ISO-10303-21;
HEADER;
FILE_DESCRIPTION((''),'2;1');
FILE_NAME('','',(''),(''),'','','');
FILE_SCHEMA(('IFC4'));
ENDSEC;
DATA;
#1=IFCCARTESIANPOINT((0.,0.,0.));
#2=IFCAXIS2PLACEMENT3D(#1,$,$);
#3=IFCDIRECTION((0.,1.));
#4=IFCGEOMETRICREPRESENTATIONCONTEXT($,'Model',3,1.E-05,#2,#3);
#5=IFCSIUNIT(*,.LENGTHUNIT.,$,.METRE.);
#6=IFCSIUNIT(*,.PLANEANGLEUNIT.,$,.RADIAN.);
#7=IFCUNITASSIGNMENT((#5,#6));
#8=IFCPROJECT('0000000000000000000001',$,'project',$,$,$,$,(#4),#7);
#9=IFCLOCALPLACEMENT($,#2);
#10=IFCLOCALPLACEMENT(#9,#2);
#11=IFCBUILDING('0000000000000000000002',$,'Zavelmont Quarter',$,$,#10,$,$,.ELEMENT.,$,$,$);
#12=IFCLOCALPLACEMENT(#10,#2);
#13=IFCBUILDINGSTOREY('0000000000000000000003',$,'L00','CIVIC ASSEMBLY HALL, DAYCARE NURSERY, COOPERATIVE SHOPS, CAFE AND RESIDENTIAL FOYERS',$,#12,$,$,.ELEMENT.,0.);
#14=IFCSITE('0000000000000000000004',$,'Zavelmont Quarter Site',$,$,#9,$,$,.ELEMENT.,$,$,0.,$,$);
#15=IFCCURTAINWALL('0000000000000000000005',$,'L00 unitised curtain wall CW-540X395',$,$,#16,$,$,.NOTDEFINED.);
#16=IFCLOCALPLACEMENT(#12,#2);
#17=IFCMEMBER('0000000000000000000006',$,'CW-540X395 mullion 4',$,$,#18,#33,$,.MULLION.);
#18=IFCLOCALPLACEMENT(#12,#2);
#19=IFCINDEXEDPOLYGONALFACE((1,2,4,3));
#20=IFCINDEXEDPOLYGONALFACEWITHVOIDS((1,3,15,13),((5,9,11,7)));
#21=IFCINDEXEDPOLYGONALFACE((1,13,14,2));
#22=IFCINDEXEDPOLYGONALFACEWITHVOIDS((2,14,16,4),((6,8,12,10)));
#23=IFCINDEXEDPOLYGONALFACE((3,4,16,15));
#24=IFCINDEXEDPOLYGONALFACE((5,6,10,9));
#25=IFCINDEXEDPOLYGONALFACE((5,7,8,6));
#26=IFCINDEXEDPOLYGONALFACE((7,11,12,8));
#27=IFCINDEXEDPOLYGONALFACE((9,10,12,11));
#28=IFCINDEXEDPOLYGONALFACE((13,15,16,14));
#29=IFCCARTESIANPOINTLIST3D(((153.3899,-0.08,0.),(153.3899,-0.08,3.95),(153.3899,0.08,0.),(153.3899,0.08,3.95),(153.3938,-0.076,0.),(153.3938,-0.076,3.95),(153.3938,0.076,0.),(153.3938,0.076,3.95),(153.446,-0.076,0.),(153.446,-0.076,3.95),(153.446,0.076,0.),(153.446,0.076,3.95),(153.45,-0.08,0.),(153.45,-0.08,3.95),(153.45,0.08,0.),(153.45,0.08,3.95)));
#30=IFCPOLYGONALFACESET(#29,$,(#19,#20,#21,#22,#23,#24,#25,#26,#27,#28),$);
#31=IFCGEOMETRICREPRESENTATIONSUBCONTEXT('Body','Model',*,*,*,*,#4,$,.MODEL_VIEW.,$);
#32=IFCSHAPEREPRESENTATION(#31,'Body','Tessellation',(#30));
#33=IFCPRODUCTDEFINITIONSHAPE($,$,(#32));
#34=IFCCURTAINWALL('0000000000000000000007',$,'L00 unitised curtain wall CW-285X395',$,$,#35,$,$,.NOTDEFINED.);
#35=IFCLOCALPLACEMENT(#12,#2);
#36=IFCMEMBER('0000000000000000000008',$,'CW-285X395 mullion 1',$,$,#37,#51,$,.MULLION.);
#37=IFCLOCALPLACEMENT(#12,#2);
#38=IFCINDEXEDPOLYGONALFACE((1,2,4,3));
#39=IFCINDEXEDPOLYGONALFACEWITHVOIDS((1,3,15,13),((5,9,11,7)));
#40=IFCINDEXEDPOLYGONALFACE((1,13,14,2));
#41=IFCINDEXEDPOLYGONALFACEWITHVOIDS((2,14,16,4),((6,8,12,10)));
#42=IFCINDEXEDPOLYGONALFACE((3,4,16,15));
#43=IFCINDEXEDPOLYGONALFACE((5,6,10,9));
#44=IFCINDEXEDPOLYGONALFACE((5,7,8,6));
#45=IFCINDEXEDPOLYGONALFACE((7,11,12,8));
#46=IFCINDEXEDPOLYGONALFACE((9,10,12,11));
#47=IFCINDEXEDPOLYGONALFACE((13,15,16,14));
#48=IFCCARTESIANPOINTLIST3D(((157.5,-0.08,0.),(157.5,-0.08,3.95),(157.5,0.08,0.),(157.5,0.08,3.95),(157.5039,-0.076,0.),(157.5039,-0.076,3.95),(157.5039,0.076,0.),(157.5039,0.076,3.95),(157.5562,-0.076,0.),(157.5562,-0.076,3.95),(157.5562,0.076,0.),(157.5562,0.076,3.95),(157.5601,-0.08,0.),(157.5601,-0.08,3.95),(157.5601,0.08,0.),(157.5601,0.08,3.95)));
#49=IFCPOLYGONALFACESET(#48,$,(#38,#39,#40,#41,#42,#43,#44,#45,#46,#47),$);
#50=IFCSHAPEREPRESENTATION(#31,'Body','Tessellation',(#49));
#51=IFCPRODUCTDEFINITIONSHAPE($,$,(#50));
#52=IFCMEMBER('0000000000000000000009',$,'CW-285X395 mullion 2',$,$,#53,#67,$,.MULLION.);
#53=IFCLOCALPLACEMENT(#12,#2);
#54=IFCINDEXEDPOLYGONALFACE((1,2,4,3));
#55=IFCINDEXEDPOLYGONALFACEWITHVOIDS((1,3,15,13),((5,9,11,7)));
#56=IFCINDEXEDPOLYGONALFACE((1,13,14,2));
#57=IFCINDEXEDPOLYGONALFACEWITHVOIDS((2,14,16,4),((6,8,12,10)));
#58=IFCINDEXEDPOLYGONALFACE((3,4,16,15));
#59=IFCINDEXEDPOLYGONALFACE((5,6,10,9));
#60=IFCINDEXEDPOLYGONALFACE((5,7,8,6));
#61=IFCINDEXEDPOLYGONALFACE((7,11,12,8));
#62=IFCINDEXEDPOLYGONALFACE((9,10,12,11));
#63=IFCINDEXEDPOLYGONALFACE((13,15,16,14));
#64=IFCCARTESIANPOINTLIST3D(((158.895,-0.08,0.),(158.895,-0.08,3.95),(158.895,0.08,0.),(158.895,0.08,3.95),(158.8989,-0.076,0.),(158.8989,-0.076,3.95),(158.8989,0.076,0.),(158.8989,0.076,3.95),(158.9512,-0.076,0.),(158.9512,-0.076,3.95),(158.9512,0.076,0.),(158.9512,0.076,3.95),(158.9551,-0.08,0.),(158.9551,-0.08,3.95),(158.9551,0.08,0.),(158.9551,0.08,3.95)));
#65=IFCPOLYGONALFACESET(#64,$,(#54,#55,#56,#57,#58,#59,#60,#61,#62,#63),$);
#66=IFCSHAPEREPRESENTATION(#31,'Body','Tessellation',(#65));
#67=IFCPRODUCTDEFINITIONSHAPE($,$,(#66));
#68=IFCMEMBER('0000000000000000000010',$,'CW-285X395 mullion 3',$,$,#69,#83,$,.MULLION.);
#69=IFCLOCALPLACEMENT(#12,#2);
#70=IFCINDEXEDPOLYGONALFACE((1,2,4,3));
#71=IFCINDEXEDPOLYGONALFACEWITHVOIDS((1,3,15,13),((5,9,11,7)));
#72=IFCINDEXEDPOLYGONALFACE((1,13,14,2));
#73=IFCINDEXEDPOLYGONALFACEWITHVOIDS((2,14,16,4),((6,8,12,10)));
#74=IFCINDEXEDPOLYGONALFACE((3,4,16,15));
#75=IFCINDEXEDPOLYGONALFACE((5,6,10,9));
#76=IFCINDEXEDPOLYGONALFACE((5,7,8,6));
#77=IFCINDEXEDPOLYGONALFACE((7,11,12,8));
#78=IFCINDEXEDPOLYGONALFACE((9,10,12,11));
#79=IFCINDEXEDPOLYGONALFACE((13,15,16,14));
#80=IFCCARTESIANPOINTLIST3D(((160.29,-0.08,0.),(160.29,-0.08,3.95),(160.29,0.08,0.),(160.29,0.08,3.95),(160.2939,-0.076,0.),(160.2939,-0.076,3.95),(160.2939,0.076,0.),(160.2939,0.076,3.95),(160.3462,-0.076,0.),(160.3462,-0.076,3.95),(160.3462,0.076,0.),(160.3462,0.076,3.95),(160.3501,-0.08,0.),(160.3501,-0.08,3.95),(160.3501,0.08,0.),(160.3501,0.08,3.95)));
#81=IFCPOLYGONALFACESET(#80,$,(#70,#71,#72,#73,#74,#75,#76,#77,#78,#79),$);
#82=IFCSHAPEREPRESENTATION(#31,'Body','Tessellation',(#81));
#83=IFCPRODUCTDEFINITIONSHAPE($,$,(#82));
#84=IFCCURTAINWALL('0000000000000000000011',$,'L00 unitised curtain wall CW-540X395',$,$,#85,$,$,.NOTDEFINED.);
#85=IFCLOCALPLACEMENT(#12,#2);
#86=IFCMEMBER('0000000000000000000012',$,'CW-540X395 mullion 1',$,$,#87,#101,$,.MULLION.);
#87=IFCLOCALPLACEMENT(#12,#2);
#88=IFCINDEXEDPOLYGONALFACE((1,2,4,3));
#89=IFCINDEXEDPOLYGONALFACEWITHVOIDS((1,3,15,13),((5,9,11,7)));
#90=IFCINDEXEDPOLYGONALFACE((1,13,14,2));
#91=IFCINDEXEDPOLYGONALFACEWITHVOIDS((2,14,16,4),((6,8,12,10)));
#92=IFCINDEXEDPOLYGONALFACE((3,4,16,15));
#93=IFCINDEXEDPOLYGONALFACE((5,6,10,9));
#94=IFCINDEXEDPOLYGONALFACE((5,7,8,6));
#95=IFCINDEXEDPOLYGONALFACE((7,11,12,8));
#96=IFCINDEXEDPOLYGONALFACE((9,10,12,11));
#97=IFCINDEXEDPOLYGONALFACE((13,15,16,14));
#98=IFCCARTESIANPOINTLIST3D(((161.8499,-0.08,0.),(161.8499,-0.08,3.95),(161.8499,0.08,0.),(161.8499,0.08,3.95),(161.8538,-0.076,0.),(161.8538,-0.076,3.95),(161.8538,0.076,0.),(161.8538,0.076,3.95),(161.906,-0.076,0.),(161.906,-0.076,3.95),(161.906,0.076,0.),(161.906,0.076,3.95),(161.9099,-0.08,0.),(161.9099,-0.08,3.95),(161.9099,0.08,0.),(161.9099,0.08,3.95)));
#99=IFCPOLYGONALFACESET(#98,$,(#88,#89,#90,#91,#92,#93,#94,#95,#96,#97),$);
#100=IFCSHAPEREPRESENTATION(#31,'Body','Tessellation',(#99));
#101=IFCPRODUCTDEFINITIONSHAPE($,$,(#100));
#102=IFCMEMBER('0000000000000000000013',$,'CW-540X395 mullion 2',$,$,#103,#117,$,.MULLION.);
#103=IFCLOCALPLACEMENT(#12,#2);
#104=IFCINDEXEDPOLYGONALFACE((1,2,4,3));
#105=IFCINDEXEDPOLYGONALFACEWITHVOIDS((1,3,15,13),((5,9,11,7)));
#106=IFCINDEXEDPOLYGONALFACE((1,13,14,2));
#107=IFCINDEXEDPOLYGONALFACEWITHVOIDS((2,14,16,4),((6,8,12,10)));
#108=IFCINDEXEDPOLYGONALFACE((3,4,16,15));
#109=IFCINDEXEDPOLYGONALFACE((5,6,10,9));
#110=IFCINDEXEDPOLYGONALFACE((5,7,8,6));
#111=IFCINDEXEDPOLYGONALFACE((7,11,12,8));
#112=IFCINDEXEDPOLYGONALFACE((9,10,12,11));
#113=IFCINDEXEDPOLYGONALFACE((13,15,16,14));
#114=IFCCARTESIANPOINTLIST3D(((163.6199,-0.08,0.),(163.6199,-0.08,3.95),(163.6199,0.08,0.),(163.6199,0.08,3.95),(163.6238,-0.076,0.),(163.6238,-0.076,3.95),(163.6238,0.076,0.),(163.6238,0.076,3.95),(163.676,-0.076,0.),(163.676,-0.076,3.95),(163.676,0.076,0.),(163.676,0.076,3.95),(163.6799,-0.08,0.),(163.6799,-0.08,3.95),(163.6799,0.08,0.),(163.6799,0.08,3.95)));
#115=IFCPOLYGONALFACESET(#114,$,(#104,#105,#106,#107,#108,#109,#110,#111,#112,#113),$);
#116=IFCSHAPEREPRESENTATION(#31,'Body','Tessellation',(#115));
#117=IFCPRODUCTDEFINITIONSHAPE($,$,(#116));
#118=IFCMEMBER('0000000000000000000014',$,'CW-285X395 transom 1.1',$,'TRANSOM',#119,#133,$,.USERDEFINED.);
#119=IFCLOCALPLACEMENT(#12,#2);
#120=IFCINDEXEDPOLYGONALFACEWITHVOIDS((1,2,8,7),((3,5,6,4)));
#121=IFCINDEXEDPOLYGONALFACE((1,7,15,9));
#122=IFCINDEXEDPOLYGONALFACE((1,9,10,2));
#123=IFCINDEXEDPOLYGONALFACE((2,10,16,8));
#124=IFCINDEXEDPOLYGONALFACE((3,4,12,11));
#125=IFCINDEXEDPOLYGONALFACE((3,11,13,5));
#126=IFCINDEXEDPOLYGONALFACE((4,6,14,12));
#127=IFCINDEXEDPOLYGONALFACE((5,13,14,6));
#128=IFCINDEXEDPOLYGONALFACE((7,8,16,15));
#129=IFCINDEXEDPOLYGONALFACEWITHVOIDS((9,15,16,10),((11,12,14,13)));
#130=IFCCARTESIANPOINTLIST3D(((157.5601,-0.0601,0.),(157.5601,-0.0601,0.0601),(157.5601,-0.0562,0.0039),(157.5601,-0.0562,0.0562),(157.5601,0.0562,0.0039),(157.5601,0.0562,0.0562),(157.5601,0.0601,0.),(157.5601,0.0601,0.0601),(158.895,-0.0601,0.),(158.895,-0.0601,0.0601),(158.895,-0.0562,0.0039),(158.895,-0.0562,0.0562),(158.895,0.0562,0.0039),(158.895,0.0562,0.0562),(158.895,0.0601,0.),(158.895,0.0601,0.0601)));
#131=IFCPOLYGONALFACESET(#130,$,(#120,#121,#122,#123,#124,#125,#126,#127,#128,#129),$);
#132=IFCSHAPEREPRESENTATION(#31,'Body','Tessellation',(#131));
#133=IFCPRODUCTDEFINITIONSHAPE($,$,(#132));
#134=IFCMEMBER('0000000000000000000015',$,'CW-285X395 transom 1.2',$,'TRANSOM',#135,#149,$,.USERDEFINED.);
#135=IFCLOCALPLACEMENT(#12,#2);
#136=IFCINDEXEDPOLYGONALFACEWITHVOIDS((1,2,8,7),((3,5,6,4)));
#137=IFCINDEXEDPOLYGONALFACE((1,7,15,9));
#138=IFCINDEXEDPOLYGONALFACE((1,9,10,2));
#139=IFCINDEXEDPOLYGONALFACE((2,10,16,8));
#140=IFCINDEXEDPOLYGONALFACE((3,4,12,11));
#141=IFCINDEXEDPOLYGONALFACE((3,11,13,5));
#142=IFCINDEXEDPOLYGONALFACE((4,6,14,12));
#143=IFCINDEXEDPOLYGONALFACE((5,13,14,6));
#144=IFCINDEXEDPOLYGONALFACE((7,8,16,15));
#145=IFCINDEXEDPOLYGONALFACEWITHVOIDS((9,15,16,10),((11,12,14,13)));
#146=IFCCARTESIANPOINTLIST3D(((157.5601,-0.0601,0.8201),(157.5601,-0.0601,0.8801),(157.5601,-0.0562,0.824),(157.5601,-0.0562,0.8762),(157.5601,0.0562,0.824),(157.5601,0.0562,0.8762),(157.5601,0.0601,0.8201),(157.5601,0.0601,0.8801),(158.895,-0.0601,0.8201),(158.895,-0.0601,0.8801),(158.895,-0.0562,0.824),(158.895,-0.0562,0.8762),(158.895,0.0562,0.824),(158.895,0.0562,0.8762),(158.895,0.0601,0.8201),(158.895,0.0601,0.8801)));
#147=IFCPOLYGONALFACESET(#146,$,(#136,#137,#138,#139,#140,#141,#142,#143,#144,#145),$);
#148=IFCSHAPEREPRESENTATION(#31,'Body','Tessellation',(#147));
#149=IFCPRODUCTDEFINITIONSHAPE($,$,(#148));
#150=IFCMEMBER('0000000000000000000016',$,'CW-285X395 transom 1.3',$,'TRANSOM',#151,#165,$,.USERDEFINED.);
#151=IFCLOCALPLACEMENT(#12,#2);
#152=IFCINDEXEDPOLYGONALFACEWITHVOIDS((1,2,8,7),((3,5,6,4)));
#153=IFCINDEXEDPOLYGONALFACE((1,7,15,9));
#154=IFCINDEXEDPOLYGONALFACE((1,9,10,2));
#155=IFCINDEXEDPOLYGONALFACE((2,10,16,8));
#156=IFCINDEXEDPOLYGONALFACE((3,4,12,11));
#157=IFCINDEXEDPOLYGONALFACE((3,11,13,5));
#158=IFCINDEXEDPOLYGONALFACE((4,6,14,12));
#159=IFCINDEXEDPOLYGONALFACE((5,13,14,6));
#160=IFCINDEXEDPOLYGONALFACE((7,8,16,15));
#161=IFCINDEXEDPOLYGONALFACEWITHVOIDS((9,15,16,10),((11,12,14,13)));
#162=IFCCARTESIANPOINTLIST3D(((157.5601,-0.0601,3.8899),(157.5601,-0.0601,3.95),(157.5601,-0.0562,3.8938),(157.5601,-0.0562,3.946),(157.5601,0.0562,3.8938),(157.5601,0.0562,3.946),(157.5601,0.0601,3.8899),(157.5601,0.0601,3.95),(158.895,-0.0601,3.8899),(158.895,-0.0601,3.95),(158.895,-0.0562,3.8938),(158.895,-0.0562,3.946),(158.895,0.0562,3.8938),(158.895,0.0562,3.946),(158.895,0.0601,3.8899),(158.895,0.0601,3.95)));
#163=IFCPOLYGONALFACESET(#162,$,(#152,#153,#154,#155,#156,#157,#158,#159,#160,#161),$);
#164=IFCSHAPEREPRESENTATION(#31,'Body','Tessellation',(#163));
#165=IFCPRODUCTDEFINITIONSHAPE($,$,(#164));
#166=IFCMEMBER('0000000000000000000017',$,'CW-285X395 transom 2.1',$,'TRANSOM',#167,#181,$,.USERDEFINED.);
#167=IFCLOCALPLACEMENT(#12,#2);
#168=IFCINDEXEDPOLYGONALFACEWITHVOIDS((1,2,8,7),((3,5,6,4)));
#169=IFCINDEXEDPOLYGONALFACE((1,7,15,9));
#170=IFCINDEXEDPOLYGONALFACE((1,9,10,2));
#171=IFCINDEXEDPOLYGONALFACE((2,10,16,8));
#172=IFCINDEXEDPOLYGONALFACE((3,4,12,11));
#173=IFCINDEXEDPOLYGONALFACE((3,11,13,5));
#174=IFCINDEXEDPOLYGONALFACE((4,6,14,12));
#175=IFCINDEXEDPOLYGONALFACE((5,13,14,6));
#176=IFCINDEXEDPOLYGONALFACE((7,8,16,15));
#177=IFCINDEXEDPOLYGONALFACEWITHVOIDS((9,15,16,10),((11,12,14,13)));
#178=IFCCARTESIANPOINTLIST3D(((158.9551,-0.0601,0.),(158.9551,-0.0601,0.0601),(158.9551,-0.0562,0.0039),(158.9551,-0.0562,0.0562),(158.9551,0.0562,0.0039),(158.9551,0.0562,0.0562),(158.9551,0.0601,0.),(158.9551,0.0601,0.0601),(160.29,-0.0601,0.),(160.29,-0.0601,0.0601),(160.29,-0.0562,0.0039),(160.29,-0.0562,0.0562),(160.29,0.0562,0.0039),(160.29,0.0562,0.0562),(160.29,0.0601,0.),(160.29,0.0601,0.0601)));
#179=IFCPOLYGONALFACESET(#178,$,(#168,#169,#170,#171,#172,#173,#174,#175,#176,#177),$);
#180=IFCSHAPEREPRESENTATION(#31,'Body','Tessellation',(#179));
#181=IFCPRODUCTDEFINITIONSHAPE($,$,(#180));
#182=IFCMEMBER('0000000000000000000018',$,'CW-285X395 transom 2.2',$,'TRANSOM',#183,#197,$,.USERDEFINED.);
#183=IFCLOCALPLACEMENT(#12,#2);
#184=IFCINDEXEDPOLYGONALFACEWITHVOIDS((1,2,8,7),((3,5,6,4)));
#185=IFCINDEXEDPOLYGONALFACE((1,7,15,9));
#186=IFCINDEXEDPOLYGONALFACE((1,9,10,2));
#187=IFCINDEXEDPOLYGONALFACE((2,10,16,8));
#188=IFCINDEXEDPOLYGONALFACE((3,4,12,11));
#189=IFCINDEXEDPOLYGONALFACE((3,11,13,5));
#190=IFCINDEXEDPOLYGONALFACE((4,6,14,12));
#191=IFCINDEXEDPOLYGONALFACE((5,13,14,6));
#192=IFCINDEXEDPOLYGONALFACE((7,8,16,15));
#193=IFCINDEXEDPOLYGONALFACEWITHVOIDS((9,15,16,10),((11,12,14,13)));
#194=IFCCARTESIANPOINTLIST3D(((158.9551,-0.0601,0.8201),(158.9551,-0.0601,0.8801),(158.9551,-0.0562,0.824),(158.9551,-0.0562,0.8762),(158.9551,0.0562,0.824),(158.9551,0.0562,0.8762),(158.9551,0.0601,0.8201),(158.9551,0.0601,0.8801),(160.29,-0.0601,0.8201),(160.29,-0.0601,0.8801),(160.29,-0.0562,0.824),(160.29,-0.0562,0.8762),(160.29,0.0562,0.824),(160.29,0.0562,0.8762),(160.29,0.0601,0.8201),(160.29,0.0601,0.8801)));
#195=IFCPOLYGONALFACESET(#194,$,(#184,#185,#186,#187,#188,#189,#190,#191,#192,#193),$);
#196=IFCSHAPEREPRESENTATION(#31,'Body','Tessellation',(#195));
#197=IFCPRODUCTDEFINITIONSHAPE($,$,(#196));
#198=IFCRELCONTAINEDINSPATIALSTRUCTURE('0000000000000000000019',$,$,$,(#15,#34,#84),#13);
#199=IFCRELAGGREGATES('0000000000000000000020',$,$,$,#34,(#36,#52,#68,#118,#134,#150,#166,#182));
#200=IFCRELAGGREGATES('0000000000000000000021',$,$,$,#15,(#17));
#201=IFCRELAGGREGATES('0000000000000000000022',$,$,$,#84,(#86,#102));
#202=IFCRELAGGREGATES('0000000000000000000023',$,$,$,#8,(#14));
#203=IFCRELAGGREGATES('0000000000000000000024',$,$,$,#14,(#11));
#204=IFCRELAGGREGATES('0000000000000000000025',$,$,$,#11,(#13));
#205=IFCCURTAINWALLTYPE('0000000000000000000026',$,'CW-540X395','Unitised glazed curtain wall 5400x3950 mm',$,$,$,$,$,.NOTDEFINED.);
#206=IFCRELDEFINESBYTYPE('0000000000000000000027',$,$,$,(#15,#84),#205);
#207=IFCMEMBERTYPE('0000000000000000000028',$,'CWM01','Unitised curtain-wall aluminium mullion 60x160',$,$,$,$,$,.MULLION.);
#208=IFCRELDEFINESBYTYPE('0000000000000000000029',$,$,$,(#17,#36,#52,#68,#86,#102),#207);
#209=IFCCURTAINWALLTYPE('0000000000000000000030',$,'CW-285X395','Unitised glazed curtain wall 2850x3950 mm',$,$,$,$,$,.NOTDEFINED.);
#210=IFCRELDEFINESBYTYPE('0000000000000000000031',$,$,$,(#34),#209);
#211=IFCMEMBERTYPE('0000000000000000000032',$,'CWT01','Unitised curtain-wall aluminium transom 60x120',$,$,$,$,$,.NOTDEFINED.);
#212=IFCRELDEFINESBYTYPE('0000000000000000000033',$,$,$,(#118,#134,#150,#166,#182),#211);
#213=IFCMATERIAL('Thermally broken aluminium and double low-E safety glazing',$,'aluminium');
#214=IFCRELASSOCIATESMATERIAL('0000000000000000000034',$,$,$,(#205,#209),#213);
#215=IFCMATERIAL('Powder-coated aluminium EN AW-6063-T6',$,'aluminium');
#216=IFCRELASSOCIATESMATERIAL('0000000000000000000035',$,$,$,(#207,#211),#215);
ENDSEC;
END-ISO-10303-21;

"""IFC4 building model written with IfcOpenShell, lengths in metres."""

from ifc_helpers import new_model, si_unit, direction, frame, origin, origin_2d, place, context, subcontext, project, spatial, hollow_rectangle, extrude, material, material_profile, profile_set, type_object, element, aggregate, save


model = new_model("IFC4")

# Units and contexts
model_context = context("Model", 3, precision=1e-05, world=origin(), true_north=direction((0.0, 1.0)))
body_context = subcontext(model_context, "Body", "Model", "MODEL_VIEW")
ifc_project = project(units=[si_unit("LENGTHUNIT", "METRE"), si_unit("PLANEANGLEUNIT", "RADIAN")], contexts=[model_context])

# Site, building, storey
site_placement = place(None, origin())
site = spatial("IfcSite", under=ifc_project, at=site_placement, Name="Zavelmont Quarter Site", CompositionType="ELEMENT", RefElevation=0.0)
building_placement = place(site_placement, origin())
building = spatial("IfcBuilding", under=site, at=building_placement, Name="Zavelmont Quarter", CompositionType="ELEMENT")
storey_placement = place(building_placement, origin())
storey = spatial("IfcBuildingStorey", under=building, at=storey_placement, Name="L00", Description="CIVIC ASSEMBLY HALL, DAYCARE NURSERY, COOPERATIVE SHOPS, CAFE AND RESIDENTIAL FOYERS", CompositionType="ELEMENT", Elevation=0.0)

# Curtain wall, member
ifc_material_1 = material(Name="Thermally broken aluminium and double low-E safety glazing", Category="aluminium")
curtain_wall_type_1 = type_object("IfcCurtainWallType", Name="CW-540X395", Description="Unitised glazed curtain wall 5400x3950 mm", PredefinedType="NOTDEFINED", material=ifc_material_1)
curtain_wall_1_placement = place(storey_placement, origin())
curtain_wall_1 = element("IfcCurtainWall", 1, at=curtain_wall_1_placement, inside=storey, type_object=curtain_wall_type_1, Name="L00 unitised curtain wall CW-540X395", PredefinedType="NOTDEFINED")
ifc_material_2 = material(Name="Powder-coated aluminium EN AW-6063-T6", Category="aluminium")
ifc_material_profile_1 = material_profile(ifc_material_2, hollow_rectangle(XDim=0.0601, YDim=0.1599, WallThickness=0.0039, at=origin_2d()), Name="CWM60X160")
ifc_profile_set_1 = profile_set([ifc_material_profile_1], Name="Powder-coated aluminium EN AW-6063-T6")
member_type_1 = type_object("IfcMemberType", Name="CWM01", Description="Unitised curtain-wall aluminium mullion 60x160", PredefinedType="MULLION", material=ifc_profile_set_1)
member_1_placement = place(storey_placement, frame((153.4199, 0.0, 0.0), z_axis=(0.0, 0.0, 1.0), x_axis=(1.0, 0.0, 0.0)))
member_1 = element("IfcMember", 2, at=member_1_placement, type_object=member_type_1, Name="CW-540X395 mullion 4", PredefinedType="MULLION", context=body_context, shape_type="SweptSolid", body=[
    extrude(hollow_rectangle(XDim=0.0601, YDim=0.1599, WallThickness=0.0039, at=origin_2d()), origin(), (0.0, 0.0, 1.0), 3.95),
])

# Curtain walls, members
curtain_wall_type_2 = type_object("IfcCurtainWallType", Name="CW-285X395", Description="Unitised glazed curtain wall 2850x3950 mm", PredefinedType="NOTDEFINED", material=ifc_material_1)
curtain_wall_2_placement = place(storey_placement, origin())
curtain_wall_2 = element("IfcCurtainWall", 3, at=curtain_wall_2_placement, inside=storey, type_object=curtain_wall_type_2, Name="L00 unitised curtain wall CW-285X395", PredefinedType="NOTDEFINED")
member_2_placement = place(storey_placement, frame((157.53, 0.0, 0.0), z_axis=(0.0, 0.0, 1.0), x_axis=(1.0, 0.0, 0.0)))
member_2 = element("IfcMember", 4, at=member_2_placement, type_object=member_type_1, Name="CW-285X395 mullion 1", PredefinedType="MULLION", context=body_context, shape_type="SweptSolid", body=[
    extrude(hollow_rectangle(XDim=0.0601, YDim=0.1599, WallThickness=0.0039, at=origin_2d()), origin(), (0.0, 0.0, 1.0), 3.95),
])
member_3_placement = place(storey_placement, frame((158.925, 0.0, 0.0), z_axis=(0.0, 0.0, 1.0), x_axis=(1.0, 0.0, 0.0)))
member_3 = element("IfcMember", 5, at=member_3_placement, type_object=member_type_1, Name="CW-285X395 mullion 2", PredefinedType="MULLION", context=body_context, shape_type="SweptSolid", body=[
    extrude(hollow_rectangle(XDim=0.0601, YDim=0.1599, WallThickness=0.0039, at=origin_2d()), origin(), (0.0, 0.0, 1.0), 3.95),
])
member_4_placement = place(storey_placement, frame((160.3201, 0.0, 0.0), z_axis=(0.0, 0.0, 1.0), x_axis=(1.0, 0.0, 0.0)))
member_4 = element("IfcMember", 6, at=member_4_placement, type_object=member_type_1, Name="CW-285X395 mullion 3", PredefinedType="MULLION", context=body_context, shape_type="SweptSolid", body=[
    extrude(hollow_rectangle(XDim=0.0601, YDim=0.1599, WallThickness=0.0039, at=origin_2d()), origin(), (0.0, 0.0, 1.0), 3.95),
])
curtain_wall_3_placement = place(storey_placement, origin())
curtain_wall_3 = element("IfcCurtainWall", 7, at=curtain_wall_3_placement, inside=storey, type_object=curtain_wall_type_1, Name="L00 unitised curtain wall CW-540X395", PredefinedType="NOTDEFINED")
member_5_placement = place(storey_placement, frame((161.8799, 0.0, 0.0), z_axis=(0.0, 0.0, 1.0), x_axis=(1.0, 0.0, 0.0)))
member_5 = element("IfcMember", 8, at=member_5_placement, type_object=member_type_1, Name="CW-540X395 mullion 1", PredefinedType="MULLION", context=body_context, shape_type="SweptSolid", body=[
    extrude(hollow_rectangle(XDim=0.0601, YDim=0.1599, WallThickness=0.0039, at=origin_2d()), origin(), (0.0, 0.0, 1.0), 3.95),
])
member_6_placement = place(storey_placement, frame((163.6499, 0.0, 0.0), z_axis=(0.0, 0.0, 1.0), x_axis=(1.0, 0.0, 0.0)))
member_6 = element("IfcMember", 9, at=member_6_placement, type_object=member_type_1, Name="CW-540X395 mullion 2", PredefinedType="MULLION", context=body_context, shape_type="SweptSolid", body=[
    extrude(hollow_rectangle(XDim=0.0601, YDim=0.1599, WallThickness=0.0039, at=origin_2d()), origin(), (0.0, 0.0, 1.0), 3.95),
])

# Members
ifc_material_profile_2 = material_profile(ifc_material_2, hollow_rectangle(XDim=0.1201, YDim=0.0601, WallThickness=0.0039, at=origin_2d()), Name="CWT60X120")
ifc_profile_set_2 = profile_set([ifc_material_profile_2], Name="Powder-coated aluminium EN AW-6063-T6")
member_type_2 = type_object("IfcMemberType", Name="CWT01", Description="Unitised curtain-wall aluminium transom 60x120", PredefinedType="NOTDEFINED", material=ifc_profile_set_2)
member_7_placement = place(storey_placement, frame((157.5601, 0.0, 0.03), z_axis=(1.0, 0.0, 0.0), x_axis=(0.0, 1.0, 0.0)))
member_7 = element("IfcMember", 10, at=member_7_placement, type_object=member_type_2, Name="CW-285X395 transom 1.1", ObjectType="TRANSOM", PredefinedType="USERDEFINED", context=body_context, shape_type="SweptSolid", body=[
    extrude(hollow_rectangle(XDim=0.1201, YDim=0.0601, WallThickness=0.0039, at=origin_2d()), origin(), (0.0, 0.0, 1.0), 1.335),
])
member_8_placement = place(storey_placement, frame((157.5601, 0.0, 0.8501), z_axis=(1.0, 0.0, 0.0), x_axis=(0.0, 1.0, 0.0)))
member_8 = element("IfcMember", 11, at=member_8_placement, type_object=member_type_2, Name="CW-285X395 transom 1.2", ObjectType="TRANSOM", PredefinedType="USERDEFINED", context=body_context, shape_type="SweptSolid", body=[
    extrude(hollow_rectangle(XDim=0.1201, YDim=0.0601, WallThickness=0.0039, at=origin_2d()), origin(), (0.0, 0.0, 1.0), 1.335),
])
member_9_placement = place(storey_placement, frame((157.5601, 0.0, 3.9199), z_axis=(1.0, 0.0, 0.0), x_axis=(0.0, 1.0, 0.0)))
member_9 = element("IfcMember", 12, at=member_9_placement, type_object=member_type_2, Name="CW-285X395 transom 1.3", ObjectType="TRANSOM", PredefinedType="USERDEFINED", context=body_context, shape_type="SweptSolid", body=[
    extrude(hollow_rectangle(XDim=0.1201, YDim=0.0601, WallThickness=0.0039, at=origin_2d()), origin(), (0.0, 0.0, 1.0), 1.335),
])
member_10_placement = place(storey_placement, frame((158.9551, 0.0, 0.03), z_axis=(1.0, 0.0, 0.0), x_axis=(0.0, 1.0, 0.0)))
member_10 = element("IfcMember", 13, at=member_10_placement, type_object=member_type_2, Name="CW-285X395 transom 2.1", ObjectType="TRANSOM", PredefinedType="USERDEFINED", context=body_context, shape_type="SweptSolid", body=[
    extrude(hollow_rectangle(XDim=0.1201, YDim=0.0601, WallThickness=0.0039, at=origin_2d()), origin(), (0.0, 0.0, 1.0), 1.335),
])
member_11_placement = place(storey_placement, frame((158.9551, 0.0, 0.8501), z_axis=(1.0, 0.0, 0.0), x_axis=(0.0, 1.0, 0.0)))
member_11 = element("IfcMember", 14, at=member_11_placement, type_object=member_type_2, Name="CW-285X395 transom 2.2", ObjectType="TRANSOM", PredefinedType="USERDEFINED", context=body_context, shape_type="SweptSolid", body=[
    extrude(hollow_rectangle(XDim=0.1201, YDim=0.0601, WallThickness=0.0039, at=origin_2d()), origin(), (0.0, 0.0, 1.0), 1.335),
])

aggregate(curtain_wall_2, [member_2, member_3, member_4, member_7, member_8, member_9, member_10, member_11])
aggregate(curtain_wall_1, [member_1])
aggregate(curtain_wall_3, [member_5, member_6])

save(model, "model.ifc")
